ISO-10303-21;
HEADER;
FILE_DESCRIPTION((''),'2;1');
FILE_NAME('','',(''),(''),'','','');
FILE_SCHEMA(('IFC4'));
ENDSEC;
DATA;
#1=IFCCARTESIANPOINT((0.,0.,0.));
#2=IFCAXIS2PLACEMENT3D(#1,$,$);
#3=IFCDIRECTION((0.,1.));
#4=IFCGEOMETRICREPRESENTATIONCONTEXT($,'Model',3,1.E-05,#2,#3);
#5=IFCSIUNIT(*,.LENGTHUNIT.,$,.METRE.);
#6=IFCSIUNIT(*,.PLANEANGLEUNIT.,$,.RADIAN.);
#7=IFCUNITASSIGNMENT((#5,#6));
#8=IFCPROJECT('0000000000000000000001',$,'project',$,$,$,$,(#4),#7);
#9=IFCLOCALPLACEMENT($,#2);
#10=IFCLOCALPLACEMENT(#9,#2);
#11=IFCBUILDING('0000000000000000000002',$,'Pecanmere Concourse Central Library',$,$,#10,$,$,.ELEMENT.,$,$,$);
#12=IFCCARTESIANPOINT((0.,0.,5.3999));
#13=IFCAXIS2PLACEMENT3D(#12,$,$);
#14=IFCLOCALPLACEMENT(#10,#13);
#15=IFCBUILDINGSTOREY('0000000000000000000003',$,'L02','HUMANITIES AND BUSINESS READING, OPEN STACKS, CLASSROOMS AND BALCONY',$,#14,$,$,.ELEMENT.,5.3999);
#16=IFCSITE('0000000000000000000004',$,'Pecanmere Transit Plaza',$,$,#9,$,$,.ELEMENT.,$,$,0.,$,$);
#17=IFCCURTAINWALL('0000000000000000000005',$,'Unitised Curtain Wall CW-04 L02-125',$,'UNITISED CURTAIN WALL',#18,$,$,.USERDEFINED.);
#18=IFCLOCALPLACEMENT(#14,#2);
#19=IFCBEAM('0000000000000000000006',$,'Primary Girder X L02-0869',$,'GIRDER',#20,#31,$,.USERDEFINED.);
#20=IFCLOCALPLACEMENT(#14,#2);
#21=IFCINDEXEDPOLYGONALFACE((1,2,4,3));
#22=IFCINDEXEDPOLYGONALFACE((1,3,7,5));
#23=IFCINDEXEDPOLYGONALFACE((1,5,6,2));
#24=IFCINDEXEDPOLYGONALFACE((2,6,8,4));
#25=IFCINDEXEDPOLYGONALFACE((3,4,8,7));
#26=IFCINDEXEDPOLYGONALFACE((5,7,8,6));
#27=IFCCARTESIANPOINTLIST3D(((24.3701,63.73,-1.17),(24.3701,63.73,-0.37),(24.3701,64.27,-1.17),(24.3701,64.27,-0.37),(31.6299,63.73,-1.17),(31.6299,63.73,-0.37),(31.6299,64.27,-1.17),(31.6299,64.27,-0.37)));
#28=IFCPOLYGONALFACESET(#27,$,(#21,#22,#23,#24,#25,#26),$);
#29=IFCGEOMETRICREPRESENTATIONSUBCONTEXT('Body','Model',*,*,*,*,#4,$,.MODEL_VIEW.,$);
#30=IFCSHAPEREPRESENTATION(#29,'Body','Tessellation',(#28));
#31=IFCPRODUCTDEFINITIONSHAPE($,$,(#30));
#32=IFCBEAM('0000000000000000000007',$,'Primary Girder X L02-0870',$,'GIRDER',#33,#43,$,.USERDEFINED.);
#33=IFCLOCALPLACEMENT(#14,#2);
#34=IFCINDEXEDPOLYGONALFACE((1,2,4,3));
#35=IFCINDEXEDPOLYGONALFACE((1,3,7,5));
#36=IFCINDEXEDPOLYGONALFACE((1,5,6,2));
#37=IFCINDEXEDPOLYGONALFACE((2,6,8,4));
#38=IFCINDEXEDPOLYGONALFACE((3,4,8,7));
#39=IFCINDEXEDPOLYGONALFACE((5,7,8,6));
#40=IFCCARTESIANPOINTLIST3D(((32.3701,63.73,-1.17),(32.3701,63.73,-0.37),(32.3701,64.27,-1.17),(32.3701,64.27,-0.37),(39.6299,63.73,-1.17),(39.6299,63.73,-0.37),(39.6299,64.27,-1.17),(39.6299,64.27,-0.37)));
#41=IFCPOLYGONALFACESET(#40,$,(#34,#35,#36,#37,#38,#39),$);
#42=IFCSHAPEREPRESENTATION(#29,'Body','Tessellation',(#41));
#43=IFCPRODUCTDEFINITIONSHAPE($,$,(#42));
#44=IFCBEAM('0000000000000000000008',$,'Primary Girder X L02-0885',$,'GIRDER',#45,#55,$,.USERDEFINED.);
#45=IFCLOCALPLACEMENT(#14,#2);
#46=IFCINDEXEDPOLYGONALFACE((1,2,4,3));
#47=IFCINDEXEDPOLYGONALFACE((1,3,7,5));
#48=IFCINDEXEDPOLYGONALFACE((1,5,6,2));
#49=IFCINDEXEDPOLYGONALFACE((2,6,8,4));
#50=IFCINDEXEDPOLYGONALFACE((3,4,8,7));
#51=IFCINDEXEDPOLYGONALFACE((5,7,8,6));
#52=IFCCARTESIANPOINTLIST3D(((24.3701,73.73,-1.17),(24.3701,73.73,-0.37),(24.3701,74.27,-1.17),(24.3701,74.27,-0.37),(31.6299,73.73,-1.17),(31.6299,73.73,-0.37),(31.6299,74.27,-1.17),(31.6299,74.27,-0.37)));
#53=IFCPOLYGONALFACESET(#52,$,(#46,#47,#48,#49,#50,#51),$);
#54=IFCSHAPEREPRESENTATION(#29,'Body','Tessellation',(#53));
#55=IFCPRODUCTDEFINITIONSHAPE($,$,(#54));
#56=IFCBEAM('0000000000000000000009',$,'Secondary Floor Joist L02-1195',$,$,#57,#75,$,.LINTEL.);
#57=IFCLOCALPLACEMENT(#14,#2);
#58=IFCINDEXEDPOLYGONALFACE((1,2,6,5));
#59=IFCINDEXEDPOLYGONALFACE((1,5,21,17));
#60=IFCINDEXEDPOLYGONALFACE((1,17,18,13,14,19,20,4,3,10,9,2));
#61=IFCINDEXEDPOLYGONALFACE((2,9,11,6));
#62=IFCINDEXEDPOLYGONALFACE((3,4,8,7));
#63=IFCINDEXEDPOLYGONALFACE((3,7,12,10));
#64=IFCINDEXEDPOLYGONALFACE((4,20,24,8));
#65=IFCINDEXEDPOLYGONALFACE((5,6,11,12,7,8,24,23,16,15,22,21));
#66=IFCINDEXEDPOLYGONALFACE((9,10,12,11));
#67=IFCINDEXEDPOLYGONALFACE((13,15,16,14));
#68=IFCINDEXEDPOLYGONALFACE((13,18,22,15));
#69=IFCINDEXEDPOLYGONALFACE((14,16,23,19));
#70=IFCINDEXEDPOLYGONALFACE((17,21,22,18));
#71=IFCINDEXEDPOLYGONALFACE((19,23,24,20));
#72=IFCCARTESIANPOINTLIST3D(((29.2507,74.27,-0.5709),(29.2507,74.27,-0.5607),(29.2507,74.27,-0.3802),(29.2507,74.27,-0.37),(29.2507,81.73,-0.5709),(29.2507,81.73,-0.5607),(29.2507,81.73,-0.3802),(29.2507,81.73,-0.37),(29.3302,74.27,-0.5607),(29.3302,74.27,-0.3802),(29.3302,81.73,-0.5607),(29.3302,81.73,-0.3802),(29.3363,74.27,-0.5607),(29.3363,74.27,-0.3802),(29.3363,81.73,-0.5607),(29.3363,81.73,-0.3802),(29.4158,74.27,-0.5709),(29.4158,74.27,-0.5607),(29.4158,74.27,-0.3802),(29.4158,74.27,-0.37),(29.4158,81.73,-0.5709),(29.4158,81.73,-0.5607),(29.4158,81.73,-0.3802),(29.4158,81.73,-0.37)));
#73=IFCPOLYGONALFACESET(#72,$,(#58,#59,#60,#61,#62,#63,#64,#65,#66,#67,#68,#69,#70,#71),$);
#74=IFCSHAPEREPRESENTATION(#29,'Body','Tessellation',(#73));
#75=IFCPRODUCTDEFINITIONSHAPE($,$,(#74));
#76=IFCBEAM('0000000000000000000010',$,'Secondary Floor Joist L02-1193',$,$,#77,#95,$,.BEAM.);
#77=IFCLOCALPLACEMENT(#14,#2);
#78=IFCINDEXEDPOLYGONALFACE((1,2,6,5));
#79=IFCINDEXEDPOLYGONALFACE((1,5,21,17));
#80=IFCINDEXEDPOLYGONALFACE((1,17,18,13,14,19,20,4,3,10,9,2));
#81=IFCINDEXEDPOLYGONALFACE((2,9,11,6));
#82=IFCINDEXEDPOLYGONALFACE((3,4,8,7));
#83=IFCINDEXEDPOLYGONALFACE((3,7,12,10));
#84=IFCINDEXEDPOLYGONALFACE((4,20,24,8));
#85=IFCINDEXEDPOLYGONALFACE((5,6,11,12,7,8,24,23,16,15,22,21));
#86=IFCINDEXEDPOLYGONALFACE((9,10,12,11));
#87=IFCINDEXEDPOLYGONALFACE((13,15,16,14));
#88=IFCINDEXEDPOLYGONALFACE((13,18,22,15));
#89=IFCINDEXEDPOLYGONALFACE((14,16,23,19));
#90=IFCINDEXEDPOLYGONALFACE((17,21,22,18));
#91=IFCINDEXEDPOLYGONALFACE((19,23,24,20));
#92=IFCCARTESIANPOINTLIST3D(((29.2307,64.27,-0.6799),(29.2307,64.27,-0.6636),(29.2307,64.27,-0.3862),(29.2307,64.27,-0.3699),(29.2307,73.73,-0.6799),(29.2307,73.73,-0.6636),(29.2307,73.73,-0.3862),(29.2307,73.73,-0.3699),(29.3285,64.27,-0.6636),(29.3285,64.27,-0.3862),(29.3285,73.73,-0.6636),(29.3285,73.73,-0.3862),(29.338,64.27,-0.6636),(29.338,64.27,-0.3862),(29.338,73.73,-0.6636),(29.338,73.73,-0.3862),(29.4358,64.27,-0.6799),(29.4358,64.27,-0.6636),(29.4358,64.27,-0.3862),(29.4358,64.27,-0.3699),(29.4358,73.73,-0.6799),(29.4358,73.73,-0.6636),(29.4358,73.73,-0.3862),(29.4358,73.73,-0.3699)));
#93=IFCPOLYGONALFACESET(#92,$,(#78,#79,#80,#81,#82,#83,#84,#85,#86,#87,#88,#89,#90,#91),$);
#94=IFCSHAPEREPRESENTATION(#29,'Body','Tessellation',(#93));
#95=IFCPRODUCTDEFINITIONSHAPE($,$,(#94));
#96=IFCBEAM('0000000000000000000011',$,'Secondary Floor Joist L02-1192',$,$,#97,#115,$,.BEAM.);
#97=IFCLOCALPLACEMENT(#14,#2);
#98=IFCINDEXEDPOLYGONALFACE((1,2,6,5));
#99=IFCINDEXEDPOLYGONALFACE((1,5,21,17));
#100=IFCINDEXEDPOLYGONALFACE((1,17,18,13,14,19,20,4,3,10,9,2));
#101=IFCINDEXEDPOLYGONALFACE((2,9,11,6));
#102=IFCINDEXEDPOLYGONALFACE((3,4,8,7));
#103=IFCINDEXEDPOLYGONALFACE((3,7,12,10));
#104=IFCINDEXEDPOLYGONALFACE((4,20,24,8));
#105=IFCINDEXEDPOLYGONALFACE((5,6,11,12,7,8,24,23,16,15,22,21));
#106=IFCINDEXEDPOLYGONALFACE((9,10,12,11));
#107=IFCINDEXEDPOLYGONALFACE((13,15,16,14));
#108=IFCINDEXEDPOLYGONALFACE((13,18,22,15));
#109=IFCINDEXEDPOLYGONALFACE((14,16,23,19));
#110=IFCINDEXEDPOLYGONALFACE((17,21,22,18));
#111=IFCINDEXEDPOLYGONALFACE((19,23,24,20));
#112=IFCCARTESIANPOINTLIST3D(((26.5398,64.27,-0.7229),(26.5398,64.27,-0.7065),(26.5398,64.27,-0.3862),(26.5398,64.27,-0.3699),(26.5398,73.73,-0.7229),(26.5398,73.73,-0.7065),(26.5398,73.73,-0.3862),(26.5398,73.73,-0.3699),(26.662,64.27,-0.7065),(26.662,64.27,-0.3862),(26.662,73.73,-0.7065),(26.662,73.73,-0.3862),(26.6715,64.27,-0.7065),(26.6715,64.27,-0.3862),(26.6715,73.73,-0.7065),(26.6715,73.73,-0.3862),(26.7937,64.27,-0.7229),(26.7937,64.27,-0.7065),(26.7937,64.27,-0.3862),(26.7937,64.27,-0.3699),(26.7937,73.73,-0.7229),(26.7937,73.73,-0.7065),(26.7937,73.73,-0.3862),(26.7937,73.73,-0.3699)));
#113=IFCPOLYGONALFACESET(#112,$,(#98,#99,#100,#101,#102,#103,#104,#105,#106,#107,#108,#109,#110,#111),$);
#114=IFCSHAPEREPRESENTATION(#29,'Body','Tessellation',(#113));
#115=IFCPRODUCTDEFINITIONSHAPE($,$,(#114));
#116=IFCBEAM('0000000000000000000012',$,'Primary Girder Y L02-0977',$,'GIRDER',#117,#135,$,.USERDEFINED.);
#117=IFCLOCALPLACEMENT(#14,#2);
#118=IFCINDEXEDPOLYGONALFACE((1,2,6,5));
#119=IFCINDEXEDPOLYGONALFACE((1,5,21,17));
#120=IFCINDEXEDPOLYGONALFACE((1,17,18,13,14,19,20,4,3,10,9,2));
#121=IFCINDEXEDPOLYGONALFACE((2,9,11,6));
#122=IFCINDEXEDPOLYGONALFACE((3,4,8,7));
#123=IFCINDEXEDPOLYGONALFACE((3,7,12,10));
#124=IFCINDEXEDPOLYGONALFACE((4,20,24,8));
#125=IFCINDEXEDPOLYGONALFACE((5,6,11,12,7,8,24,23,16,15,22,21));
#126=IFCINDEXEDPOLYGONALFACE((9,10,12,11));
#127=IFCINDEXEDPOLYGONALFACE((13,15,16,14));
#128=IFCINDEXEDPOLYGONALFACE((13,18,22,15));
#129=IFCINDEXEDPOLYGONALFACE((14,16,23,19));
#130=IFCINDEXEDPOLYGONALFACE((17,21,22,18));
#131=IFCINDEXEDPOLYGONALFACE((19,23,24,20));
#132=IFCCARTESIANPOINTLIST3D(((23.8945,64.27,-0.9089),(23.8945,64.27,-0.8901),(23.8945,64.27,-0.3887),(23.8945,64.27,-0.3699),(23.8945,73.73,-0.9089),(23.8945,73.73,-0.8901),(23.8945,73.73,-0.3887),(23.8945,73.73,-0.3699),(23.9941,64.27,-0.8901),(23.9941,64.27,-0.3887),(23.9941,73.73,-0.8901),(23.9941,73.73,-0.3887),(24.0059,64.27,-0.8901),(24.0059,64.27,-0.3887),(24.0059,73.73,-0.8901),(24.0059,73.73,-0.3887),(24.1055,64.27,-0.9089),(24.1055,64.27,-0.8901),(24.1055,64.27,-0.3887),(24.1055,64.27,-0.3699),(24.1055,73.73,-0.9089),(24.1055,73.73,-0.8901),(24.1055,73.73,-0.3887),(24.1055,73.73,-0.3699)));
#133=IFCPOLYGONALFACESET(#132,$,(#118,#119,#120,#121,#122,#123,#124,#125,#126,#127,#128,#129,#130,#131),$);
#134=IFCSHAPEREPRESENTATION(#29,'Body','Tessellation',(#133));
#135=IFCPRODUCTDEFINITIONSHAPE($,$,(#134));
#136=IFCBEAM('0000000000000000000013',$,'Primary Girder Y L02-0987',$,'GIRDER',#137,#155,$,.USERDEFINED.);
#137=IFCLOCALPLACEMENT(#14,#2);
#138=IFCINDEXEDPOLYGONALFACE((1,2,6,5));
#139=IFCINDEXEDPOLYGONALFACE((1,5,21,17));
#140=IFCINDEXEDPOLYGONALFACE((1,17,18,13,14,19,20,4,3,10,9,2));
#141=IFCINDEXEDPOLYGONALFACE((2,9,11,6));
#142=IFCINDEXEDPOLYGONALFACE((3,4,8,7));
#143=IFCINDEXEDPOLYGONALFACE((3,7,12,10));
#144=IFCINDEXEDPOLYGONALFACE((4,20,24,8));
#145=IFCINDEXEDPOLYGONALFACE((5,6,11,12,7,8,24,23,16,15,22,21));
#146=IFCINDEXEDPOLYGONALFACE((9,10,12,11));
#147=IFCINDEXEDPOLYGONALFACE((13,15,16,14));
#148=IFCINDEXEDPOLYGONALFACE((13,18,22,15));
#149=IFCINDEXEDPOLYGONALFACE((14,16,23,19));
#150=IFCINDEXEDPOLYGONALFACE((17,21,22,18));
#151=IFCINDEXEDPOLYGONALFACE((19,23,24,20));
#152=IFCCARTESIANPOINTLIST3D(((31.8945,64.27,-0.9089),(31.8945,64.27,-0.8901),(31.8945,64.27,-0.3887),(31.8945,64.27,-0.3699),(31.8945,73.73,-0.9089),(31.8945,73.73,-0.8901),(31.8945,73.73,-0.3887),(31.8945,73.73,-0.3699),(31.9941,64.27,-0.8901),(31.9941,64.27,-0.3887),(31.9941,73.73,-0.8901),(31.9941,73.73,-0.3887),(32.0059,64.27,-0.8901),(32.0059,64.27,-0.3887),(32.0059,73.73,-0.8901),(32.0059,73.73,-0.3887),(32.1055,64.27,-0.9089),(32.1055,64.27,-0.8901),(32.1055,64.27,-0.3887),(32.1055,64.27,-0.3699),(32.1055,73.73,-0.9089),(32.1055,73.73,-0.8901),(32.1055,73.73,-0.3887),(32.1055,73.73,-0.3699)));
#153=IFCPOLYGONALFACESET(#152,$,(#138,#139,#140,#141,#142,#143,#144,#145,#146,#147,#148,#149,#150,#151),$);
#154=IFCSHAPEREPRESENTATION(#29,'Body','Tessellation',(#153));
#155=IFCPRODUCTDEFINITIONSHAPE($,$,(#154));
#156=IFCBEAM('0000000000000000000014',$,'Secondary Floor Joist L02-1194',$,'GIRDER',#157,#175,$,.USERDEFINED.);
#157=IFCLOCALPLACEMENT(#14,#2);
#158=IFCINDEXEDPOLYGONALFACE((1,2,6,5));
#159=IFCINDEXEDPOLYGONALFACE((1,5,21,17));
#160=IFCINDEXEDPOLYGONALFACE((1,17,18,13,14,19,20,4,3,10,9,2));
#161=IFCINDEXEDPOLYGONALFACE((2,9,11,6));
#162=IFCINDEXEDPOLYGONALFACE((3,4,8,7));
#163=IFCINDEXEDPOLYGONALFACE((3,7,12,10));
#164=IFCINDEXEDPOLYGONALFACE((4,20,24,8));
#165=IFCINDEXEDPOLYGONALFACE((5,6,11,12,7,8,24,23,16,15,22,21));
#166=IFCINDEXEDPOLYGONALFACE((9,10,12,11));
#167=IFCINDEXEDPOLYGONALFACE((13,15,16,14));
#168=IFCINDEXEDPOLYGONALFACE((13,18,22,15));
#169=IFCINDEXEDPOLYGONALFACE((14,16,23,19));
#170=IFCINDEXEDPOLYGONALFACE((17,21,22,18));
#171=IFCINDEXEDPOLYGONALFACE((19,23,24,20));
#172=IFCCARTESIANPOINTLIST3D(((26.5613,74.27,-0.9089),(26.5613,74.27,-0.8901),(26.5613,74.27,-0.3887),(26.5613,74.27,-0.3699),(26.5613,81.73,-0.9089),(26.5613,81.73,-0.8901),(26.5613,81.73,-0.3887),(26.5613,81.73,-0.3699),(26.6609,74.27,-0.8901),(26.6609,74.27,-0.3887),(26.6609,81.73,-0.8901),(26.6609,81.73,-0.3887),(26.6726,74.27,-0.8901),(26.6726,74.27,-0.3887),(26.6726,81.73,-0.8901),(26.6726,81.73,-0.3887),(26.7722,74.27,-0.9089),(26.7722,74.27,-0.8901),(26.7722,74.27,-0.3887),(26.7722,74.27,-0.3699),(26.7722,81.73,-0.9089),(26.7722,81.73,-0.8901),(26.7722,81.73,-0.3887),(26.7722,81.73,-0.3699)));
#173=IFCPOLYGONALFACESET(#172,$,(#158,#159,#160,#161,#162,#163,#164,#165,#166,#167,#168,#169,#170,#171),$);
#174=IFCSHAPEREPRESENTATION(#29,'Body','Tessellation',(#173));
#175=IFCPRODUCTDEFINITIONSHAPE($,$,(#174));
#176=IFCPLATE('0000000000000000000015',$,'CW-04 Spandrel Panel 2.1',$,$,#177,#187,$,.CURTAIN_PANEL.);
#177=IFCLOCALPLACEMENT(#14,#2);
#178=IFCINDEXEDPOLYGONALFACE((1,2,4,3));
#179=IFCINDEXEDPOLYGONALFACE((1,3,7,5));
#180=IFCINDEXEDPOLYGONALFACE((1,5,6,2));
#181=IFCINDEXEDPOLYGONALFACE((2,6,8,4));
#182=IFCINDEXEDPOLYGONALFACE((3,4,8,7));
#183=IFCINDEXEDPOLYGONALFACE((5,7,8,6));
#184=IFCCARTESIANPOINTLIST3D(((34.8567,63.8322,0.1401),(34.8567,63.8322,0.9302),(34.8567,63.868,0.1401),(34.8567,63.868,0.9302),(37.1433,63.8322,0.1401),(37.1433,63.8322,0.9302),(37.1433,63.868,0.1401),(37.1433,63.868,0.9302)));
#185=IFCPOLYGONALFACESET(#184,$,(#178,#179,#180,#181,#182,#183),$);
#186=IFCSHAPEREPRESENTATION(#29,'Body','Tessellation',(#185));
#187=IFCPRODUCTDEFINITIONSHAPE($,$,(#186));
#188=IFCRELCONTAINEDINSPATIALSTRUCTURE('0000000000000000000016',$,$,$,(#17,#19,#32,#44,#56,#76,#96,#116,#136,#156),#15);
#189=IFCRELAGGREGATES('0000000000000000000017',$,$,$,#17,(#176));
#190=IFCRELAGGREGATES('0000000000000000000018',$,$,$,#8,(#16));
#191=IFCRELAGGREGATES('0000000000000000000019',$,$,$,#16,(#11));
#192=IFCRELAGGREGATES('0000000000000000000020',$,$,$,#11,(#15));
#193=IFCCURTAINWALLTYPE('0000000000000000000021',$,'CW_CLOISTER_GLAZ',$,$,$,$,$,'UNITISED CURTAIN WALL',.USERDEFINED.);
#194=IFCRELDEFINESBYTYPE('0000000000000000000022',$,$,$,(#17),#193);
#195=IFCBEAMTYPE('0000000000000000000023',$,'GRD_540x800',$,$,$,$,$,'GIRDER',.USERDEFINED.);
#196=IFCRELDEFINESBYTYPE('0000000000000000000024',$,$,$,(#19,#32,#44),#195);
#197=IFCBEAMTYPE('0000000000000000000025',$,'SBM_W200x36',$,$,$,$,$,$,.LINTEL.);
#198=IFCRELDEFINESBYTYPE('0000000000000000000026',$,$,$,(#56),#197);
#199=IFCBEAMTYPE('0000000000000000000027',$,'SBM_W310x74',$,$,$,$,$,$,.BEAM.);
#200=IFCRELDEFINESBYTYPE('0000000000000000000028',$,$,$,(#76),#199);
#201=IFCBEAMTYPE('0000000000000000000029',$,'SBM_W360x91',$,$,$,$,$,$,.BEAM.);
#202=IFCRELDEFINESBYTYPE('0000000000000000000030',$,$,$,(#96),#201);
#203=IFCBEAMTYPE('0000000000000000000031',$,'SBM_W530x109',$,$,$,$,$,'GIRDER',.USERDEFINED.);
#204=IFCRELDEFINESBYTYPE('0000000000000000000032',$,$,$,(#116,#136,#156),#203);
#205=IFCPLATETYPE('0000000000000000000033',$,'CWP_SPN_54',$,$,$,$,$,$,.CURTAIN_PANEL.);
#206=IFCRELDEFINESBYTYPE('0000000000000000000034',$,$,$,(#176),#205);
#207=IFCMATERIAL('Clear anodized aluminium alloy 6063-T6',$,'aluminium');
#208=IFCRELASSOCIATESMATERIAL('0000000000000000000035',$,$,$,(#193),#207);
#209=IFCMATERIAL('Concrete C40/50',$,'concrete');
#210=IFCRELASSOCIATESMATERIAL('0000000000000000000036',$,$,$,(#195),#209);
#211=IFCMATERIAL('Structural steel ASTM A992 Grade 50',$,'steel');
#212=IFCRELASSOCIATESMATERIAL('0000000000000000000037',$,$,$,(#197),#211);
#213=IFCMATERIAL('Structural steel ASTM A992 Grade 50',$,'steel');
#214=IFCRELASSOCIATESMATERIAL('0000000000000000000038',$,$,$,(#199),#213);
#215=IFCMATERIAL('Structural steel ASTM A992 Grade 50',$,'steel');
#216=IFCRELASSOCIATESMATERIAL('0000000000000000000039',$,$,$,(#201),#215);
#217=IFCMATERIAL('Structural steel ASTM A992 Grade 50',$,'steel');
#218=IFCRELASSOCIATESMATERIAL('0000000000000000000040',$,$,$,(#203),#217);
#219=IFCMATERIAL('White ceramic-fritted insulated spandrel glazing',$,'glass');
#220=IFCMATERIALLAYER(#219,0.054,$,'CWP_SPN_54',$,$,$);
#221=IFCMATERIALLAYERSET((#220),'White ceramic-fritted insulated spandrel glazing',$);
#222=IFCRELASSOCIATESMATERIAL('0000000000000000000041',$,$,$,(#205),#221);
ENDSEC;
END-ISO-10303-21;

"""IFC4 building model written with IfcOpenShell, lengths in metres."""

from ifc_helpers import new_model, si_unit, direction, frame, origin, origin_2d, place, context, subcontext, project, spatial, rectangle, i_section, extrude, material, layer, layer_set, material_profile, profile_set, type_object, element, aggregate, save


model = new_model("IFC4")

# Units and contexts
model_context = context("Model", 3, precision=1e-05, world=origin(), true_north=direction((0.0, 1.0)))
body_context = subcontext(model_context, "Body", "Model", "MODEL_VIEW")
ifc_project = project(units=[si_unit("LENGTHUNIT", "METRE"), si_unit("PLANEANGLEUNIT", "RADIAN")], contexts=[model_context])

# Site, building, storey
site_placement = place(None, origin())
site = spatial("IfcSite", under=ifc_project, at=site_placement, Name="Pecanmere Transit Plaza", CompositionType="ELEMENT", RefElevation=0.0)
building_placement = place(site_placement, origin())
building = spatial("IfcBuilding", under=site, at=building_placement, Name="Pecanmere Concourse Central Library", CompositionType="ELEMENT")
storey_placement = place(building_placement, frame((0.0, 0.0, 5.3999)))
storey = spatial("IfcBuildingStorey", under=building, at=storey_placement, Name="L02", Description="HUMANITIES AND BUSINESS READING, OPEN STACKS, CLASSROOMS AND BALCONY", CompositionType="ELEMENT", Elevation=5.3999)

# Curtain wall
ifc_material_1 = material(Name="Clear anodized aluminium alloy 6063-T6", Category="aluminium")
curtain_wall_type = type_object("IfcCurtainWallType", Name="CW_CLOISTER_GLAZ", ElementType="UNITISED CURTAIN WALL", PredefinedType="USERDEFINED", material=ifc_material_1)
curtain_wall_placement = place(storey_placement, origin())
curtain_wall = element("IfcCurtainWall", 1, at=curtain_wall_placement, inside=storey, type_object=curtain_wall_type, Name="Unitised Curtain Wall CW-04 L02-125", ObjectType="UNITISED CURTAIN WALL", PredefinedType="USERDEFINED")

# Beams
ifc_material_2 = material(Name="Concrete C40/50", Category="concrete")
ifc_material_profile_1 = material_profile(ifc_material_2, rectangle(XDim=0.54, YDim=0.8, at=origin_2d()), Name="RC 540x800")
ifc_profile_set_1 = profile_set([ifc_material_profile_1], Name="Concrete C40/50")
beam_type_1 = type_object("IfcBeamType", Name="GRD_540x800", ElementType="GIRDER", PredefinedType="USERDEFINED", material=ifc_profile_set_1)
for number, where, z_axis, x_axis, name in (
    (2, (24.3701, 64.0, -0.77), (1.0, 0.0, 0.0), (0.0, 1.0, 0.0), "Primary Girder X L02-0869"),
    (3, (32.3701, 64.0, -0.77), (1.0, 0.0, 0.0), (0.0, 1.0, 0.0), "Primary Girder X L02-0870"),
    (4, (24.3701, 74.0, -0.77), (1.0, 0.0, 0.0), (0.0, 1.0, 0.0), "Primary Girder X L02-0885"),
):
    element("IfcBeam", number, at=place(storey_placement, frame(where, z_axis=z_axis, x_axis=x_axis)), inside=storey, type_object=beam_type_1, Name=name, ObjectType="GIRDER", PredefinedType="USERDEFINED", context=body_context, shape_type="SweptSolid", body=[
        extrude(rectangle(XDim=0.54, YDim=0.8, at=origin_2d()), origin(), (0.0, 0.0, 1.0), 7.2598),
    ])
ifc_material_3 = material(Name="Structural steel ASTM A992 Grade 50", Category="steel")
ifc_material_profile_2 = material_profile(ifc_material_3, i_section(OverallWidth=0.165, OverallDepth=0.2009, WebThickness=0.0061, FlangeThickness=0.0103, at=origin_2d()), Name="W200x35.9")
ifc_profile_set_2 = profile_set([ifc_material_profile_2], Name="Structural steel ASTM A992 Grade 50")
beam_type_2 = type_object("IfcBeamType", Name="SBM_W200x36", PredefinedType="LINTEL", material=ifc_profile_set_2)
beam_1_placement = place(storey_placement, frame((29.3333, 74.27, -0.4705), z_axis=(0.0, 1.0, 0.0), x_axis=(-1.0, 0.0, 0.0)))
element("IfcBeam", 5, at=beam_1_placement, inside=storey, type_object=beam_type_2, Name="Secondary Floor Joist L02-1195", PredefinedType="LINTEL", context=body_context, shape_type="SweptSolid", body=[
    extrude(i_section(OverallWidth=0.165, OverallDepth=0.2009, WebThickness=0.0061, FlangeThickness=0.0103, at=origin_2d()), origin(), (0.0, 0.0, 1.0), 7.46),
])
ifc_material_4 = material(Name="Structural steel ASTM A992 Grade 50", Category="steel")
ifc_material_profile_3 = material_profile(ifc_material_4, i_section(OverallWidth=0.2051, OverallDepth=0.3101, WebThickness=0.0095, FlangeThickness=0.0164, at=origin_2d()), Name="W310x74")
ifc_profile_set_3 = profile_set([ifc_material_profile_3], Name="Structural steel ASTM A992 Grade 50")
beam_type_3 = type_object("IfcBeamType", Name="SBM_W310x74", PredefinedType="BEAM", material=ifc_profile_set_3)
beam_2_placement = place(storey_placement, frame((29.3333, 64.27, -0.5249), z_axis=(0.0, 1.0, 0.0), x_axis=(-1.0, 0.0, 0.0)))
element("IfcBeam", 6, at=beam_2_placement, inside=storey, type_object=beam_type_3, Name="Secondary Floor Joist L02-1193", PredefinedType="BEAM", context=body_context, shape_type="SweptSolid", body=[
    extrude(i_section(OverallWidth=0.2051, OverallDepth=0.3101, WebThickness=0.0095, FlangeThickness=0.0164, at=origin_2d()), origin(), (0.0, 0.0, 1.0), 9.46),
])
ifc_material_5 = material(Name="Structural steel ASTM A992 Grade 50", Category="steel")
ifc_material_profile_4 = material_profile(ifc_material_5, i_section(OverallWidth=0.2539, OverallDepth=0.353, WebThickness=0.0095, FlangeThickness=0.0164, at=origin_2d()), Name="W360x91")
ifc_profile_set_4 = profile_set([ifc_material_profile_4], Name="Structural steel ASTM A992 Grade 50")
beam_type_4 = type_object("IfcBeamType", Name="SBM_W360x91", PredefinedType="BEAM", material=ifc_profile_set_4)
beam_3_placement = place(storey_placement, frame((26.6667, 64.27, -0.5464), z_axis=(0.0, 1.0, 0.0), x_axis=(-1.0, 0.0, 0.0)))
element("IfcBeam", 7, at=beam_3_placement, inside=storey, type_object=beam_type_4, Name="Secondary Floor Joist L02-1192", PredefinedType="BEAM", context=body_context, shape_type="SweptSolid", body=[
    extrude(i_section(OverallWidth=0.2539, OverallDepth=0.353, WebThickness=0.0095, FlangeThickness=0.0164, at=origin_2d()), origin(), (0.0, 0.0, 1.0), 9.46),
])
ifc_material_6 = material(Name="Structural steel ASTM A992 Grade 50", Category="steel")
ifc_material_profile_5 = material_profile(ifc_material_6, i_section(OverallWidth=0.2109, OverallDepth=0.5391, WebThickness=0.0117, FlangeThickness=0.0188, at=origin_2d()), Name="W530x109")
ifc_profile_set_5 = profile_set([ifc_material_profile_5], Name="Structural steel ASTM A992 Grade 50")
beam_type_5 = type_object("IfcBeamType", Name="SBM_W530x109", ElementType="GIRDER", PredefinedType="USERDEFINED", material=ifc_profile_set_5)
for number, where, z_axis, x_axis, name in (
    (8, (24.0, 64.27, -0.6394), (0.0, 1.0, 0.0), (-1.0, 0.0, 0.0), "Primary Girder Y L02-0977"),
    (9, (32.0, 64.27, -0.6394), (0.0, 1.0, 0.0), (-1.0, 0.0, 0.0), "Primary Girder Y L02-0987"),
):
    element("IfcBeam", number, at=place(storey_placement, frame(where, z_axis=z_axis, x_axis=x_axis)), inside=storey, type_object=beam_type_5, Name=name, ObjectType="GIRDER", PredefinedType="USERDEFINED", context=body_context, shape_type="SweptSolid", body=[
        extrude(i_section(OverallWidth=0.2109, OverallDepth=0.5391, WebThickness=0.0117, FlangeThickness=0.0188, at=origin_2d()), origin(), (0.0, 0.0, 1.0), 9.46),
    ])
beam_4_placement = place(storey_placement, frame((26.6667, 74.27, -0.6394), z_axis=(0.0, 1.0, 0.0), x_axis=(-1.0, 0.0, 0.0)))
element("IfcBeam", 10, at=beam_4_placement, inside=storey, type_object=beam_type_5, Name="Secondary Floor Joist L02-1194", ObjectType="GIRDER", PredefinedType="USERDEFINED", context=body_context, shape_type="SweptSolid", body=[
    extrude(i_section(OverallWidth=0.2109, OverallDepth=0.5391, WebThickness=0.0117, FlangeThickness=0.0188, at=origin_2d()), origin(), (0.0, 0.0, 1.0), 7.46),
])

# Plate
ifc_material_7 = material(Name="White ceramic-fritted insulated spandrel glazing", Category="glass")
ifc_layer_1 = layer(ifc_material_7, 0.054, Name="CWP_SPN_54")
ifc_layer_set_1 = layer_set([ifc_layer_1], Name="White ceramic-fritted insulated spandrel glazing")
plate_type_1 = type_object("IfcPlateType", Name="CWP_SPN_54", PredefinedType="CURTAIN_PANEL", material=ifc_layer_set_1)
plate_1_placement = place(storey_placement, frame((36.0, 63.8501, 0.1401), z_axis=(0.0, 0.0, 1.0), x_axis=(1.0, 0.0, 0.0)))
plate_1 = element("IfcPlate", 11, at=plate_1_placement, type_object=plate_type_1, Name="CW-04 Spandrel Panel 2.1", PredefinedType="CURTAIN_PANEL", context=body_context, shape_type="SweptSolid", body=[
    extrude(rectangle(XDim=2.2866, YDim=0.0359, at=origin_2d()), origin(), (0.0, 0.0, 1.0), 0.79),
])
aggregate(curtain_wall, [plate_1])

save(model, "model.ifc")
